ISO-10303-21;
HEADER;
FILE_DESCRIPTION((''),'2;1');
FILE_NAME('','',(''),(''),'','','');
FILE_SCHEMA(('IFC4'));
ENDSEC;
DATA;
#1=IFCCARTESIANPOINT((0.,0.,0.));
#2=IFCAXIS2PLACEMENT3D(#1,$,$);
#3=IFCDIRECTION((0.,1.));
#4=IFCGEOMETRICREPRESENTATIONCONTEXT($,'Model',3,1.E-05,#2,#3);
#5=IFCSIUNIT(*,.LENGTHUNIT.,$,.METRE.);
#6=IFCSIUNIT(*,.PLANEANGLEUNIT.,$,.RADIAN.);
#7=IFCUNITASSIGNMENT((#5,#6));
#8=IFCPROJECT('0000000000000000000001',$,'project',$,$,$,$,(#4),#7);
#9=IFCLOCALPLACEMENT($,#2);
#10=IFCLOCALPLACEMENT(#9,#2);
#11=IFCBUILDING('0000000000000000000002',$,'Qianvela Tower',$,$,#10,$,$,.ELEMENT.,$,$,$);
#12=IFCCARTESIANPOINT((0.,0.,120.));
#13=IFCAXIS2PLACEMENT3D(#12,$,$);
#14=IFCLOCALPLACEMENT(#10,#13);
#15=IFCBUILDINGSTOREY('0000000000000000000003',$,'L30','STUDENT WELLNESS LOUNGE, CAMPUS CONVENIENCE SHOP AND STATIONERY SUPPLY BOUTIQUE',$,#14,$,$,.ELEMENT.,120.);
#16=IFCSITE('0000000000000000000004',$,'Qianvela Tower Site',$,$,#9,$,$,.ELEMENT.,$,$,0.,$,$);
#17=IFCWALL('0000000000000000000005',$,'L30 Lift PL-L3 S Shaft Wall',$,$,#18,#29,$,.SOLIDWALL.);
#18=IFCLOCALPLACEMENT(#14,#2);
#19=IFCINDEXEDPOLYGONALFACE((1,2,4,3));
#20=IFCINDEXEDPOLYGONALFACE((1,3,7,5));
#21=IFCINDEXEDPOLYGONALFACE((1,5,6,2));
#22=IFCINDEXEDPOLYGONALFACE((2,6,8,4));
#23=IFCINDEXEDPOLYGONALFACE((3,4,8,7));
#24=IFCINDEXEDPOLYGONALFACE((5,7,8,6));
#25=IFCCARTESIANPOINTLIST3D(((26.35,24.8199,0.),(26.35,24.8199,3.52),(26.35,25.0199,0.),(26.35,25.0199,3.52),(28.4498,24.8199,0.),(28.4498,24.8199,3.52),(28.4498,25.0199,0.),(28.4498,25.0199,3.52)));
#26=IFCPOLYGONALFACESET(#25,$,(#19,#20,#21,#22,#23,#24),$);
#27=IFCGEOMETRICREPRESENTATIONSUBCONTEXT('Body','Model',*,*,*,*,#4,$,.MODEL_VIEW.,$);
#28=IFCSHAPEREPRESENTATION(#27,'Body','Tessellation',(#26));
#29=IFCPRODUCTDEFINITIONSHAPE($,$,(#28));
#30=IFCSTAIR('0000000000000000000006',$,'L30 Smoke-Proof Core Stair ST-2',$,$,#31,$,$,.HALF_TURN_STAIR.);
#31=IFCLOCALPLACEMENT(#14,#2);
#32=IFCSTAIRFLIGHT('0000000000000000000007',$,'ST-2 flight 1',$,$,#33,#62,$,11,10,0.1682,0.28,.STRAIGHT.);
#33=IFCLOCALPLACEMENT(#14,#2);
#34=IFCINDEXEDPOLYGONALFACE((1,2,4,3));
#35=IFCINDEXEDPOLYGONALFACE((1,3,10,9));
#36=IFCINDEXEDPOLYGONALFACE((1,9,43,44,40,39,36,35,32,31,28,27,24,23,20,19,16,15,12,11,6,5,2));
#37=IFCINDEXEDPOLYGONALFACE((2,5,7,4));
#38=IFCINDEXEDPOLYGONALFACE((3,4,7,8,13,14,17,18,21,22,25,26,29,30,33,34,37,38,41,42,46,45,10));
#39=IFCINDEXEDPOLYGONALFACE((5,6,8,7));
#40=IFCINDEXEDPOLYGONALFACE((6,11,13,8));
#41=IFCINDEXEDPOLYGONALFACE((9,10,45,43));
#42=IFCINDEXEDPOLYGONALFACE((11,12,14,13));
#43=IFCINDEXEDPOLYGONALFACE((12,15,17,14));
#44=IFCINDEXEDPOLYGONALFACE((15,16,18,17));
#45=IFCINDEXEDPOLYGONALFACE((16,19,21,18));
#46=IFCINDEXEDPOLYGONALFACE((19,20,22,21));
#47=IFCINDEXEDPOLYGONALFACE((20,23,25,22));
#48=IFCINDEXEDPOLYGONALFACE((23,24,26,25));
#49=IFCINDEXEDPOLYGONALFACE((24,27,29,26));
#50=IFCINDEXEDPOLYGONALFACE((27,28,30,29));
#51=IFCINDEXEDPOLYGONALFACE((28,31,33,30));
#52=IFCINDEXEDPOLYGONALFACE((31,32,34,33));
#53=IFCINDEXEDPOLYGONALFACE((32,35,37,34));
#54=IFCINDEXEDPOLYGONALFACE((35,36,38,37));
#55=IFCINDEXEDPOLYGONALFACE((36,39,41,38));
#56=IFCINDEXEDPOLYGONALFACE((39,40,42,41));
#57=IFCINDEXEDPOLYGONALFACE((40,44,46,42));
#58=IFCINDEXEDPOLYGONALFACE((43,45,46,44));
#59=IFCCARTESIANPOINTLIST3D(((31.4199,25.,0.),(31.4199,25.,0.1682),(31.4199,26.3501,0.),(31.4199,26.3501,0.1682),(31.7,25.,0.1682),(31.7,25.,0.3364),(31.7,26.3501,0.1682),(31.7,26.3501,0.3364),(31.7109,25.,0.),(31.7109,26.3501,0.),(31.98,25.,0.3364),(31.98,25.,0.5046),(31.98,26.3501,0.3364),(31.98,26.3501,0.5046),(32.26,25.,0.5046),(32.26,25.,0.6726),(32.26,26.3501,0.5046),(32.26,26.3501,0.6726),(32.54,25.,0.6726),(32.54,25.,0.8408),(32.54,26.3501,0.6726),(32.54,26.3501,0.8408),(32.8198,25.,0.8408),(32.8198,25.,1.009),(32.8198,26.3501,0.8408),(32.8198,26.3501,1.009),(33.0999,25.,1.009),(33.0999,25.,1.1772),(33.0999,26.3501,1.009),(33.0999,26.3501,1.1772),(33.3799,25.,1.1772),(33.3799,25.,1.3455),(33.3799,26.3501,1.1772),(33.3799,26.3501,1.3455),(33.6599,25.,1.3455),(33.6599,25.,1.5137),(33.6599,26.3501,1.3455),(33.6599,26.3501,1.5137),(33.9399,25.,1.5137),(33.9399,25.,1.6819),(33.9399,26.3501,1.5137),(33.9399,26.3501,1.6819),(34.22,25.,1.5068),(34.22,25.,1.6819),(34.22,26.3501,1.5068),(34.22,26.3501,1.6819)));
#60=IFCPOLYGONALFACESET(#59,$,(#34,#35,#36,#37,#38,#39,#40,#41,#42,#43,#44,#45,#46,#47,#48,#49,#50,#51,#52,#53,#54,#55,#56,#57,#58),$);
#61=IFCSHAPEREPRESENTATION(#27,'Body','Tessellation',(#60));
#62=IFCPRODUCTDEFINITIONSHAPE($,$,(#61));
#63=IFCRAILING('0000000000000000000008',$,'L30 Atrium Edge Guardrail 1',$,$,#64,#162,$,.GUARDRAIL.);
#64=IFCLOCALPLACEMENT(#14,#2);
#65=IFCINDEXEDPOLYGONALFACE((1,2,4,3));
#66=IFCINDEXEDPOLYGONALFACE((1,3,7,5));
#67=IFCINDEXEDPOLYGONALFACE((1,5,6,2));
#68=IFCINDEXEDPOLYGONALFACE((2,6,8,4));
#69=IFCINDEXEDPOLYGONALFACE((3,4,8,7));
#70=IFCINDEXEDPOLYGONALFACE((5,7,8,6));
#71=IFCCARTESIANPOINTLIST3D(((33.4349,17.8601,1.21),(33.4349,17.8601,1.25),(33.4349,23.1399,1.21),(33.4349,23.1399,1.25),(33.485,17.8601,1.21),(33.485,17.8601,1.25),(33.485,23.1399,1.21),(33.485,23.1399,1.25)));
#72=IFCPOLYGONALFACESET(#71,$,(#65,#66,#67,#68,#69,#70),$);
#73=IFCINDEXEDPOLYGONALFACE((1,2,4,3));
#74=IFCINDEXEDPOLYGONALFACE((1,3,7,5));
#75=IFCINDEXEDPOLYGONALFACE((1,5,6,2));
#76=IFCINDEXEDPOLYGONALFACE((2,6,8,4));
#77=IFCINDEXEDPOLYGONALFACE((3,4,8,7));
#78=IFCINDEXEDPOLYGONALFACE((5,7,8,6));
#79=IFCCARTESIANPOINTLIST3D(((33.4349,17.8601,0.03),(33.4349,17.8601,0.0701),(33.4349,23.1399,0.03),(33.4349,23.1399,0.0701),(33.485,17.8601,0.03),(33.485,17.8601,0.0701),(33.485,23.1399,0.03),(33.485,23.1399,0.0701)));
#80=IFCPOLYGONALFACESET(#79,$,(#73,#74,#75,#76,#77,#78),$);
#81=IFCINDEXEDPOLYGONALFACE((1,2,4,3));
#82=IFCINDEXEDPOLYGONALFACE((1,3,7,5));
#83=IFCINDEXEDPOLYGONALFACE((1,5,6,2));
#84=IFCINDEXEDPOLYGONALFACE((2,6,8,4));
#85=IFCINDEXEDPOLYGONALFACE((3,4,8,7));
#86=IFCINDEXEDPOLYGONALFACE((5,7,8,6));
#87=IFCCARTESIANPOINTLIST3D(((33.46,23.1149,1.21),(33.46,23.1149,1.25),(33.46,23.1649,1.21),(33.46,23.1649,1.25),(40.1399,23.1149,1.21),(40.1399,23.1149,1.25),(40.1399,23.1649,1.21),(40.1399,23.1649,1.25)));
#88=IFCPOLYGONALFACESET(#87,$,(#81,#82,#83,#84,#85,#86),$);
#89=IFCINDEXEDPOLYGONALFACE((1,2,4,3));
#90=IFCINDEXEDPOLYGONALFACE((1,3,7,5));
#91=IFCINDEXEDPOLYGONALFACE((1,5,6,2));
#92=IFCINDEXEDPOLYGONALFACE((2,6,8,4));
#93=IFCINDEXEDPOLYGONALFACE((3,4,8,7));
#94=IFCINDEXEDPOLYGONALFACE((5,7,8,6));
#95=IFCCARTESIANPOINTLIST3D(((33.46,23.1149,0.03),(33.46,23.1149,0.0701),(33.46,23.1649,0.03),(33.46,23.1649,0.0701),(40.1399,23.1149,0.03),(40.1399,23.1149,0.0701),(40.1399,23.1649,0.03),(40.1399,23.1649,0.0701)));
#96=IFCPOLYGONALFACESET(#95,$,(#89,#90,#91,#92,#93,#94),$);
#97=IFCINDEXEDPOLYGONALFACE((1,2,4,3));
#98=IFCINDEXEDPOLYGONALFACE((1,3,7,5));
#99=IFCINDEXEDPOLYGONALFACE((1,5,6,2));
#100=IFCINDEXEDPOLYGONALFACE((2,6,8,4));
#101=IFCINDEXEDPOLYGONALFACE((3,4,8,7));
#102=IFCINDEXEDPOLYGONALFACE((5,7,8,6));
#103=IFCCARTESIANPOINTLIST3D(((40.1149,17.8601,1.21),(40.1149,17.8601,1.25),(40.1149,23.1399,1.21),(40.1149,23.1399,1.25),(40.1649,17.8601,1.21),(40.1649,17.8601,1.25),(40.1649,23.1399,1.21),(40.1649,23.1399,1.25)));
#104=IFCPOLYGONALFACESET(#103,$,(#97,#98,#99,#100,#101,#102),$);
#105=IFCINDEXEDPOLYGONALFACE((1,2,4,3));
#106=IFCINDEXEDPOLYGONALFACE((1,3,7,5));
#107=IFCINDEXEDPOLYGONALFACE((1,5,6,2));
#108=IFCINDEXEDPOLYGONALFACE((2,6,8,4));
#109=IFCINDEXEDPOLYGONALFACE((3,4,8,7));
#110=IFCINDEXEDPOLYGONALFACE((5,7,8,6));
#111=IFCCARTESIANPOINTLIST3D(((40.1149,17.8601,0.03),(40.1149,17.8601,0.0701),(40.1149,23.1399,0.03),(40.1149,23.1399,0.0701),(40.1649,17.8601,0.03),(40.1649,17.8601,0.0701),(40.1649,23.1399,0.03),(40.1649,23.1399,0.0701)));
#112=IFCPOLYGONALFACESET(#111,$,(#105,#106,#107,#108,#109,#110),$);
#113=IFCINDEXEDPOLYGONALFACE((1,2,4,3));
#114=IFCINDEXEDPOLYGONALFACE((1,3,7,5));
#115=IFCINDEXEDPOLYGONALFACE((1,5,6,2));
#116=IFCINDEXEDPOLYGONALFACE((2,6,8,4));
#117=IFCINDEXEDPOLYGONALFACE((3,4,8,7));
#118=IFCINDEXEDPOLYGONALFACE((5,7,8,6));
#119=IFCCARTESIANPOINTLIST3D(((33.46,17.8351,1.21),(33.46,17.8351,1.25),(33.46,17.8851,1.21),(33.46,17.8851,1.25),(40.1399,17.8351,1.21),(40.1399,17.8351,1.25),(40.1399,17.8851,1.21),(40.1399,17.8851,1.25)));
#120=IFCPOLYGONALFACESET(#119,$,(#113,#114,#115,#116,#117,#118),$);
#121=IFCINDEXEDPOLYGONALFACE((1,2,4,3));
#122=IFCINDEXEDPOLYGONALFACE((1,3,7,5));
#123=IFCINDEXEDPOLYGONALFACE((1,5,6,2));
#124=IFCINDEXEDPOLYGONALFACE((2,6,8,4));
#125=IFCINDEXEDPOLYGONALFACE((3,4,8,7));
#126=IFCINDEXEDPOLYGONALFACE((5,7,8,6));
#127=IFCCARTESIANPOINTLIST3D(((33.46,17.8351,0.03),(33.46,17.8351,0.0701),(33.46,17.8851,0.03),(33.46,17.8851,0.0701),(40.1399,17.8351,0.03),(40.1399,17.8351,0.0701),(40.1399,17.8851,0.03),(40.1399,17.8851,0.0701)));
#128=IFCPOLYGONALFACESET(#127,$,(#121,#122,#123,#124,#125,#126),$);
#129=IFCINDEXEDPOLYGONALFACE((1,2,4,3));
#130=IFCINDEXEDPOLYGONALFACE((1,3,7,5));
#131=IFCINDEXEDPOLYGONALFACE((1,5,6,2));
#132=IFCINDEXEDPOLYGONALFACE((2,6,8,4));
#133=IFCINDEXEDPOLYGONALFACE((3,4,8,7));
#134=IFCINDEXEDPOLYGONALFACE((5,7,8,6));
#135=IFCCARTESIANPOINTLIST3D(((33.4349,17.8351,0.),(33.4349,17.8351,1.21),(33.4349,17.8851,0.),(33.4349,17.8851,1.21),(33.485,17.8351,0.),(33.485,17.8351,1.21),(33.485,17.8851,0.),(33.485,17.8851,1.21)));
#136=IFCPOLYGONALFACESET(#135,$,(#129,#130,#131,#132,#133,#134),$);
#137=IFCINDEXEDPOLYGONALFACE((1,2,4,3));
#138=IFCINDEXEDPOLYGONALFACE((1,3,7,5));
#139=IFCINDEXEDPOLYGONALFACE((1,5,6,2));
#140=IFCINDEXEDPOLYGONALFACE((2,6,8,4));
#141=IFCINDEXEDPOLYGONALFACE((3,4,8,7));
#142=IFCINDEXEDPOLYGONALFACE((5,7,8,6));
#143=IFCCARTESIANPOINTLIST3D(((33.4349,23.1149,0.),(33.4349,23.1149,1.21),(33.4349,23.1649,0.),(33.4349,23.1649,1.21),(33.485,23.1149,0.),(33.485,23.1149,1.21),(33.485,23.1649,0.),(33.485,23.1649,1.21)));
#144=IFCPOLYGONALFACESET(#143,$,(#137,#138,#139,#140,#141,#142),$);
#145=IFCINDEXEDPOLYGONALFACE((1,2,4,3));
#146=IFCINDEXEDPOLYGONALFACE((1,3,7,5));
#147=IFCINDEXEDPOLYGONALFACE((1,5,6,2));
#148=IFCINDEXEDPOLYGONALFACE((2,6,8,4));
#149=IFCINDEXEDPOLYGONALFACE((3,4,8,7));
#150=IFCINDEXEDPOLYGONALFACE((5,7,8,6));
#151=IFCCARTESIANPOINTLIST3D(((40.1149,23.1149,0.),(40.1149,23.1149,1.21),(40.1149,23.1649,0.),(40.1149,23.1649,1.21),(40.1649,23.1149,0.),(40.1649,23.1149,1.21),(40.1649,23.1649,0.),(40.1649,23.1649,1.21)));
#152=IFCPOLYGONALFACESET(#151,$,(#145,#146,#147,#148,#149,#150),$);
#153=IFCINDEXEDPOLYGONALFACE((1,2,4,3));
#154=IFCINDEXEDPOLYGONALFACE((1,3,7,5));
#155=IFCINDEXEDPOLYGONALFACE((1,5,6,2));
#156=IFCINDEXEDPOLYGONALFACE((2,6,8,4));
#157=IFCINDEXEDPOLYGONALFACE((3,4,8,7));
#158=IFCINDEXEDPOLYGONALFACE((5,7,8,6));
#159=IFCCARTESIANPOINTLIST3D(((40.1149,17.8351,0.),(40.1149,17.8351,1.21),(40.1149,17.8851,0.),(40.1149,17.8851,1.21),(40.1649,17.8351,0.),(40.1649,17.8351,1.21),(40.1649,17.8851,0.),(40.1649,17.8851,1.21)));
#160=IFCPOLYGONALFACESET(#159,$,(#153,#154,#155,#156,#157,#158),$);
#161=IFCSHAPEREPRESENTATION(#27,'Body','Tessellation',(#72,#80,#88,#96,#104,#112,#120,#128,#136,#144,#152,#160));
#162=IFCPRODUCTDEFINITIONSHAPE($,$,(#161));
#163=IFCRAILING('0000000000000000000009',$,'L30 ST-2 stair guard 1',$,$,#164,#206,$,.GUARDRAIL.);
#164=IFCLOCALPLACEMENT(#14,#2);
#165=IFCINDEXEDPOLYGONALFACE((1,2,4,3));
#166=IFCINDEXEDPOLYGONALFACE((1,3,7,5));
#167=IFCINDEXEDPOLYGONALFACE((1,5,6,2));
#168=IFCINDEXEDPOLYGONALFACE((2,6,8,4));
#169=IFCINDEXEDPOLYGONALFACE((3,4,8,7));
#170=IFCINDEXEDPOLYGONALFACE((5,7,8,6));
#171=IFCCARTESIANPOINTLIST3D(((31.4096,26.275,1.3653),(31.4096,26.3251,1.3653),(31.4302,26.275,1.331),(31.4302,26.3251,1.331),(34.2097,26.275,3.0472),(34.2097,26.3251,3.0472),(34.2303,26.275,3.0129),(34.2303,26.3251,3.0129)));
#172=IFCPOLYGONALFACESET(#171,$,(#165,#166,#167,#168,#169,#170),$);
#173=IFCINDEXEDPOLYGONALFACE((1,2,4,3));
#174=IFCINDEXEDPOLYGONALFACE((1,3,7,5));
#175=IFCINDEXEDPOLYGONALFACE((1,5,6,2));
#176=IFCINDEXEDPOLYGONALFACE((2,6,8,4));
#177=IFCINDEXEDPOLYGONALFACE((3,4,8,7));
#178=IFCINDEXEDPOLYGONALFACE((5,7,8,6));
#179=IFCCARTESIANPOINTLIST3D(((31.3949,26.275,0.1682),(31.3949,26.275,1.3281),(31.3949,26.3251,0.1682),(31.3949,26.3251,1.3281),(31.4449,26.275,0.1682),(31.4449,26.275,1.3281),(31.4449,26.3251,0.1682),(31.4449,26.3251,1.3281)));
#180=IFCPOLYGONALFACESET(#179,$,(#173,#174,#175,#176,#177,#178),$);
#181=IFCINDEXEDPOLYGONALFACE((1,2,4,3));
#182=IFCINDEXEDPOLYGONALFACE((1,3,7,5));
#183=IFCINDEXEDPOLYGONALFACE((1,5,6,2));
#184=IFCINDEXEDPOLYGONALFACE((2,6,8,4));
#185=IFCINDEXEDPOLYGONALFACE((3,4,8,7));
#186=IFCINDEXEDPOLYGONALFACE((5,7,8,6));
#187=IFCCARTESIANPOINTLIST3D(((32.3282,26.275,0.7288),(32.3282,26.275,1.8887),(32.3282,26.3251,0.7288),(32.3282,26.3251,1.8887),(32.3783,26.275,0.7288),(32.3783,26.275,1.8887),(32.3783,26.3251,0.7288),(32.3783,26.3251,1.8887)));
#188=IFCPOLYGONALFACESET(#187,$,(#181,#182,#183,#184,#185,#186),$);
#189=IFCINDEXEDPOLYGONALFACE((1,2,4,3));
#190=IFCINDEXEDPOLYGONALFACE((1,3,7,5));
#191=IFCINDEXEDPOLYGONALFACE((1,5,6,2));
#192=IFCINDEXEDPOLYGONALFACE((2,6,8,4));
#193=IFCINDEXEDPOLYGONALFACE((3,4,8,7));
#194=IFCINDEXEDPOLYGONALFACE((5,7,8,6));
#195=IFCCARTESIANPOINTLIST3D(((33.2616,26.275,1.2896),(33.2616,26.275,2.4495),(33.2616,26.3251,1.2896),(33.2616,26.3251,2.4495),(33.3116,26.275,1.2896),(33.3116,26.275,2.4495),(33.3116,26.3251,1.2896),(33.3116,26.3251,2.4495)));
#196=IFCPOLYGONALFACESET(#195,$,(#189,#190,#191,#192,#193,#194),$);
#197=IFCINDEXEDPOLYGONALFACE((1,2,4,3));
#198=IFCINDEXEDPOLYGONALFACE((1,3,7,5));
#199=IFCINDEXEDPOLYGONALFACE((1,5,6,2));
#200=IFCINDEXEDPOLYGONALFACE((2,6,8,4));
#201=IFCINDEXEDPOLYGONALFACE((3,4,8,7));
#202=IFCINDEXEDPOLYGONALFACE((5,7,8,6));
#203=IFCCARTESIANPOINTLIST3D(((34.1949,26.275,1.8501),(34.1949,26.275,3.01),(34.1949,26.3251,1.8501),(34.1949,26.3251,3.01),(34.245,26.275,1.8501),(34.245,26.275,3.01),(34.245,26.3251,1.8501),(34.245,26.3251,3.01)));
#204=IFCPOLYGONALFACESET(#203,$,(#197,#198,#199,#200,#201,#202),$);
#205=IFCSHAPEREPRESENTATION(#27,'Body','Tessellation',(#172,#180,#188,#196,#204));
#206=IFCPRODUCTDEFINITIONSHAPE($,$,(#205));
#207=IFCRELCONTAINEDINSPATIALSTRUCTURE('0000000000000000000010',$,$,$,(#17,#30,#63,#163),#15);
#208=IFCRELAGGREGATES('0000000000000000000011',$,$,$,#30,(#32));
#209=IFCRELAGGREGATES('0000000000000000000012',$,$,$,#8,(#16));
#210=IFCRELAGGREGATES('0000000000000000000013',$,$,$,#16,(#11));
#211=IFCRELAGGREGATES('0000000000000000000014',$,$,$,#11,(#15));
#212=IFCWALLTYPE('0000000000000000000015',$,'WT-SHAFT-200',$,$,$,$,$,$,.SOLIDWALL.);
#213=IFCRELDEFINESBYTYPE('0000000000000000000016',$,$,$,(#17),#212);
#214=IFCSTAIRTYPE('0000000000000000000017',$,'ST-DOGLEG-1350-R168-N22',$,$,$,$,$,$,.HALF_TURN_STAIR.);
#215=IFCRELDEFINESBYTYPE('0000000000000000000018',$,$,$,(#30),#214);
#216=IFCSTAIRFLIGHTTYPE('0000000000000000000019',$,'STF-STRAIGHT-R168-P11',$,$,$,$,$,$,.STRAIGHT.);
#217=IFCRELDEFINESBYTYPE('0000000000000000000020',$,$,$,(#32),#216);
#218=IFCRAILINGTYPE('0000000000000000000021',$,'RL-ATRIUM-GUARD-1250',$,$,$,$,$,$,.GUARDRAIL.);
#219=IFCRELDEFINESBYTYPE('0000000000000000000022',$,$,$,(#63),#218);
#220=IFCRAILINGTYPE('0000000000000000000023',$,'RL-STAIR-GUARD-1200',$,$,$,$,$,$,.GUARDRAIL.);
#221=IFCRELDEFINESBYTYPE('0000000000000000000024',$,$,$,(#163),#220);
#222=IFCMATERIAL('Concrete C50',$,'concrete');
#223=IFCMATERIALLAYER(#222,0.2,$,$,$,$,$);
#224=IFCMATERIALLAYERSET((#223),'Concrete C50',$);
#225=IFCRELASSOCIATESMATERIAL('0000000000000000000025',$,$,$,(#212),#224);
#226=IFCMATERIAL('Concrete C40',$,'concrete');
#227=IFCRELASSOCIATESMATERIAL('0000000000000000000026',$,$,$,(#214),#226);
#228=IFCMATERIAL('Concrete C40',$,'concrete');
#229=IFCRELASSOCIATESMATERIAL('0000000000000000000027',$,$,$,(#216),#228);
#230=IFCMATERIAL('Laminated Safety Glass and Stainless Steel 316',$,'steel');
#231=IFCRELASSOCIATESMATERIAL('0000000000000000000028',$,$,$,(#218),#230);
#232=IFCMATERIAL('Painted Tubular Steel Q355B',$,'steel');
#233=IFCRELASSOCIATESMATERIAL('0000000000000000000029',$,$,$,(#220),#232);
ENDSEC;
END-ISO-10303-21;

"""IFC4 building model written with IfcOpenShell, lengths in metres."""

from ifc_helpers import new_model, si_unit, direction, frame, frame_2d, origin, origin_2d, place, context, subcontext, project, spatial, polyline, rectangle, outline, extrude, material, layer, layer_set, type_object, element, aggregate, save


model = new_model("IFC4")

# Units and contexts
model_context = context("Model", 3, precision=1e-05, world=origin(), true_north=direction((0.0, 1.0)))
body_context = subcontext(model_context, "Body", "Model", "MODEL_VIEW")
ifc_project = project(units=[si_unit("LENGTHUNIT", "METRE"), si_unit("PLANEANGLEUNIT", "RADIAN")], contexts=[model_context])

# Site, building, storey
site_placement = place(None, origin())
site = spatial("IfcSite", under=ifc_project, at=site_placement, Name="Qianvela Tower Site", CompositionType="ELEMENT", RefElevation=0.0)
building_placement = place(site_placement, origin())
building = spatial("IfcBuilding", under=site, at=building_placement, Name="Qianvela Tower", CompositionType="ELEMENT")
storey_placement = place(building_placement, frame((0.0, 0.0, 120.0)))
storey = spatial("IfcBuildingStorey", under=building, at=storey_placement, Name="L30", Description="STUDENT WELLNESS LOUNGE, CAMPUS CONVENIENCE SHOP AND STATIONERY SUPPLY BOUTIQUE", CompositionType="ELEMENT", Elevation=120.0)

# Shared definitions
ifc_material_1 = material(Name="Concrete C50", Category="concrete")
ifc_layer_1 = layer(ifc_material_1, 0.2)
ifc_layer_set_1 = layer_set([ifc_layer_1], Name="Concrete C50")
wall_type_1 = type_object("IfcWallType", Name="WT-SHAFT-200", PredefinedType="SOLIDWALL", material=ifc_layer_set_1)

# Wall
wall_1_placement = place(storey_placement, frame((26.3501, 24.9199, 0.0), z_axis=(0.0, 0.0, 1.0), x_axis=(1.0, 0.0, 0.0)))
element("IfcWall", 1, at=wall_1_placement, inside=storey, type_object=wall_type_1, Name="L30 Lift PL-L3 S Shaft Wall", PredefinedType="SOLIDWALL", context=body_context, shape_type="SweptSolid", body=[
    extrude(rectangle(XDim=2.0999, YDim=0.2, at=frame_2d((1.0498, 0.0))), origin(), (0.0, 0.0, 1.0), 3.52),
])

# Stair, stair flight
ifc_material_2 = material(Name="Concrete C40", Category="concrete")
stair_type = type_object("IfcStairType", Name="ST-DOGLEG-1350-R168-N22", PredefinedType="HALF_TURN_STAIR", material=ifc_material_2)
stair_placement = place(storey_placement, origin())
stair = element("IfcStair", 2, at=stair_placement, inside=storey, type_object=stair_type, Name="L30 Smoke-Proof Core Stair ST-2", PredefinedType="HALF_TURN_STAIR")
ifc_material_3 = material(Name="Concrete C40", Category="concrete")
stair_flight_type = type_object("IfcStairFlightType", Name="STF-STRAIGHT-R168-P11", PredefinedType="STRAIGHT", material=ifc_material_3)
stair_flight_placement = place(storey_placement, frame((31.4199, 25.675, 0.0), z_axis=(0.0, 0.0, 1.0), x_axis=(1.0, 0.0, 0.0)))
stair_flight = element("IfcStairFlight", 3, at=stair_flight_placement, type_object=stair_flight_type, Name="ST-2 flight 1", NumberOfRisers=11, NumberOfTreads=10, PredefinedType="STRAIGHT", RiserHeight=0.1682, TreadLength=0.28, context=body_context, shape_type="SweptSolid", body=[
    extrude(outline(polyline([(0.0, 0.0), (0.0, 0.1682), (0.28, 0.1682), (0.28, 0.3364), (0.5601, 0.3364), (0.5601, 0.5046), (0.8401, 0.5046), (0.8401, 0.6726), (1.1201, 0.6726), (1.1201, 0.8408), (1.3999, 0.8408), (1.3999, 1.009), (1.6799, 1.009), (1.6799, 1.1772), (1.96, 1.1772), (1.96, 1.3455), (2.24, 1.3455), (2.24, 1.5137), (2.52, 1.5137), (2.52, 1.6819), (2.8, 1.6819), (2.8, 1.8501), (2.8, 1.5068), (0.291, 0.0), (0.0, 0.0)])), frame((0.0, 0.675, 0.0), z_axis=(0.0, -1.0, 0.0), x_axis=(1.0, 0.0, 0.0)), (0.0, 0.0, 1.0), 1.3501),
])
aggregate(stair, [stair_flight])

# Railings
ifc_material_4 = material(Name="Laminated Safety Glass and Stainless Steel 316", Category="steel")
railing_type_1 = type_object("IfcRailingType", Name="RL-ATRIUM-GUARD-1250", PredefinedType="GUARDRAIL", material=ifc_material_4)
railing_1_placement = place(storey_placement, frame((33.46, 17.8601, 0.0)))
element("IfcRailing", 4, at=railing_1_placement, inside=storey, type_object=railing_type_1, Name="L30 Atrium Edge Guardrail 1", PredefinedType="GUARDRAIL", context=body_context, shape_type="SweptSolid", body=[
    extrude(rectangle(XDim=0.05, YDim=0.04, at=origin_2d()), frame((0.0, 0.0, 1.23), z_axis=(0.0, 1.0, 0.0), x_axis=(-1.0, 0.0, 0.0)), (0.0, 0.0, 1.0), 5.2798),
    extrude(rectangle(XDim=0.05, YDim=0.04, at=origin_2d()), frame((0.0, 0.0, 0.05), z_axis=(0.0, 1.0, 0.0), x_axis=(-1.0, 0.0, 0.0)), (0.0, 0.0, 1.0), 5.2798),
    extrude(rectangle(XDim=0.05, YDim=0.04, at=origin_2d()), frame((0.0, 5.2798, 1.23), z_axis=(1.0, 0.0, 0.0), x_axis=(0.0, 1.0, 0.0)), (0.0, 0.0, 1.0), 6.6799),
    extrude(rectangle(XDim=0.05, YDim=0.04, at=origin_2d()), frame((0.0, 5.2798, 0.05), z_axis=(1.0, 0.0, 0.0), x_axis=(0.0, 1.0, 0.0)), (0.0, 0.0, 1.0), 6.6799),
    extrude(rectangle(XDim=0.05, YDim=0.04, at=origin_2d()), frame((6.6799, 5.2798, 1.23), z_axis=(0.0, -1.0, 0.0), x_axis=(1.0, 0.0, 0.0)), (0.0, 0.0, 1.0), 5.2798),
    extrude(rectangle(XDim=0.05, YDim=0.04, at=origin_2d()), frame((6.6799, 5.2798, 0.05), z_axis=(0.0, -1.0, 0.0), x_axis=(1.0, 0.0, 0.0)), (0.0, 0.0, 1.0), 5.2798),
    extrude(rectangle(XDim=0.05, YDim=0.04, at=origin_2d()), frame((6.6799, 0.0, 1.23), z_axis=(-1.0, 0.0, 0.0), x_axis=(0.0, -1.0, 0.0)), (0.0, 0.0, 1.0), 6.6799),
    extrude(rectangle(XDim=0.05, YDim=0.04, at=origin_2d()), frame((6.6799, 0.0, 0.05), z_axis=(-1.0, 0.0, 0.0), x_axis=(0.0, -1.0, 0.0)), (0.0, 0.0, 1.0), 6.6799),
    extrude(rectangle(XDim=0.05, YDim=0.05, at=origin_2d()), origin(), (0.0, 0.0, 1.0), 1.21),
    extrude(rectangle(XDim=0.05, YDim=0.05, at=origin_2d()), frame((0.0, 5.2798, 0.0)), (0.0, 0.0, 1.0), 1.21),
    extrude(rectangle(XDim=0.05, YDim=0.05, at=origin_2d()), frame((6.6799, 5.2798, 0.0)), (0.0, 0.0, 1.0), 1.21),
    extrude(rectangle(XDim=0.05, YDim=0.05, at=origin_2d()), frame((6.6799, 0.0, 0.0)), (0.0, 0.0, 1.0), 1.21),
])
ifc_material_5 = material(Name="Painted Tubular Steel Q355B", Category="steel")
railing_type_2 = type_object("IfcRailingType", Name="RL-STAIR-GUARD-1200", PredefinedType="GUARDRAIL", material=ifc_material_5)
railing_2_placement = place(storey_placement, frame((31.4199, 26.3, 0.1682)))
element("IfcRailing", 5, at=railing_2_placement, inside=storey, type_object=railing_type_2, Name="L30 ST-2 stair guard 1", PredefinedType="GUARDRAIL", context=body_context, shape_type="SweptSolid", body=[
    extrude(rectangle(XDim=0.05, YDim=0.04, at=origin_2d()), frame((0.0, 0.0, 1.1799), z_axis=(0.857242, 0.0, 0.514913), x_axis=(0.0, 1.0, 0.0)), (0.0, 0.0, 1.0), 3.2664),
    extrude(rectangle(XDim=0.05, YDim=0.05, at=origin_2d()), origin(), (0.0, 0.0, 1.0), 1.1599),
    extrude(rectangle(XDim=0.05, YDim=0.05, at=origin_2d()), frame((0.9333, 0.0, 0.5605)), (0.0, 0.0, 1.0), 1.1599),
    extrude(rectangle(XDim=0.05, YDim=0.05, at=origin_2d()), frame((1.8667, 0.0, 1.1213)), (0.0, 0.0, 1.0), 1.1599),
    extrude(rectangle(XDim=0.05, YDim=0.05, at=origin_2d()), frame((2.8, 0.0, 1.6819)), (0.0, 0.0, 1.0), 1.1599),
])

save(model, "model.ifc")
